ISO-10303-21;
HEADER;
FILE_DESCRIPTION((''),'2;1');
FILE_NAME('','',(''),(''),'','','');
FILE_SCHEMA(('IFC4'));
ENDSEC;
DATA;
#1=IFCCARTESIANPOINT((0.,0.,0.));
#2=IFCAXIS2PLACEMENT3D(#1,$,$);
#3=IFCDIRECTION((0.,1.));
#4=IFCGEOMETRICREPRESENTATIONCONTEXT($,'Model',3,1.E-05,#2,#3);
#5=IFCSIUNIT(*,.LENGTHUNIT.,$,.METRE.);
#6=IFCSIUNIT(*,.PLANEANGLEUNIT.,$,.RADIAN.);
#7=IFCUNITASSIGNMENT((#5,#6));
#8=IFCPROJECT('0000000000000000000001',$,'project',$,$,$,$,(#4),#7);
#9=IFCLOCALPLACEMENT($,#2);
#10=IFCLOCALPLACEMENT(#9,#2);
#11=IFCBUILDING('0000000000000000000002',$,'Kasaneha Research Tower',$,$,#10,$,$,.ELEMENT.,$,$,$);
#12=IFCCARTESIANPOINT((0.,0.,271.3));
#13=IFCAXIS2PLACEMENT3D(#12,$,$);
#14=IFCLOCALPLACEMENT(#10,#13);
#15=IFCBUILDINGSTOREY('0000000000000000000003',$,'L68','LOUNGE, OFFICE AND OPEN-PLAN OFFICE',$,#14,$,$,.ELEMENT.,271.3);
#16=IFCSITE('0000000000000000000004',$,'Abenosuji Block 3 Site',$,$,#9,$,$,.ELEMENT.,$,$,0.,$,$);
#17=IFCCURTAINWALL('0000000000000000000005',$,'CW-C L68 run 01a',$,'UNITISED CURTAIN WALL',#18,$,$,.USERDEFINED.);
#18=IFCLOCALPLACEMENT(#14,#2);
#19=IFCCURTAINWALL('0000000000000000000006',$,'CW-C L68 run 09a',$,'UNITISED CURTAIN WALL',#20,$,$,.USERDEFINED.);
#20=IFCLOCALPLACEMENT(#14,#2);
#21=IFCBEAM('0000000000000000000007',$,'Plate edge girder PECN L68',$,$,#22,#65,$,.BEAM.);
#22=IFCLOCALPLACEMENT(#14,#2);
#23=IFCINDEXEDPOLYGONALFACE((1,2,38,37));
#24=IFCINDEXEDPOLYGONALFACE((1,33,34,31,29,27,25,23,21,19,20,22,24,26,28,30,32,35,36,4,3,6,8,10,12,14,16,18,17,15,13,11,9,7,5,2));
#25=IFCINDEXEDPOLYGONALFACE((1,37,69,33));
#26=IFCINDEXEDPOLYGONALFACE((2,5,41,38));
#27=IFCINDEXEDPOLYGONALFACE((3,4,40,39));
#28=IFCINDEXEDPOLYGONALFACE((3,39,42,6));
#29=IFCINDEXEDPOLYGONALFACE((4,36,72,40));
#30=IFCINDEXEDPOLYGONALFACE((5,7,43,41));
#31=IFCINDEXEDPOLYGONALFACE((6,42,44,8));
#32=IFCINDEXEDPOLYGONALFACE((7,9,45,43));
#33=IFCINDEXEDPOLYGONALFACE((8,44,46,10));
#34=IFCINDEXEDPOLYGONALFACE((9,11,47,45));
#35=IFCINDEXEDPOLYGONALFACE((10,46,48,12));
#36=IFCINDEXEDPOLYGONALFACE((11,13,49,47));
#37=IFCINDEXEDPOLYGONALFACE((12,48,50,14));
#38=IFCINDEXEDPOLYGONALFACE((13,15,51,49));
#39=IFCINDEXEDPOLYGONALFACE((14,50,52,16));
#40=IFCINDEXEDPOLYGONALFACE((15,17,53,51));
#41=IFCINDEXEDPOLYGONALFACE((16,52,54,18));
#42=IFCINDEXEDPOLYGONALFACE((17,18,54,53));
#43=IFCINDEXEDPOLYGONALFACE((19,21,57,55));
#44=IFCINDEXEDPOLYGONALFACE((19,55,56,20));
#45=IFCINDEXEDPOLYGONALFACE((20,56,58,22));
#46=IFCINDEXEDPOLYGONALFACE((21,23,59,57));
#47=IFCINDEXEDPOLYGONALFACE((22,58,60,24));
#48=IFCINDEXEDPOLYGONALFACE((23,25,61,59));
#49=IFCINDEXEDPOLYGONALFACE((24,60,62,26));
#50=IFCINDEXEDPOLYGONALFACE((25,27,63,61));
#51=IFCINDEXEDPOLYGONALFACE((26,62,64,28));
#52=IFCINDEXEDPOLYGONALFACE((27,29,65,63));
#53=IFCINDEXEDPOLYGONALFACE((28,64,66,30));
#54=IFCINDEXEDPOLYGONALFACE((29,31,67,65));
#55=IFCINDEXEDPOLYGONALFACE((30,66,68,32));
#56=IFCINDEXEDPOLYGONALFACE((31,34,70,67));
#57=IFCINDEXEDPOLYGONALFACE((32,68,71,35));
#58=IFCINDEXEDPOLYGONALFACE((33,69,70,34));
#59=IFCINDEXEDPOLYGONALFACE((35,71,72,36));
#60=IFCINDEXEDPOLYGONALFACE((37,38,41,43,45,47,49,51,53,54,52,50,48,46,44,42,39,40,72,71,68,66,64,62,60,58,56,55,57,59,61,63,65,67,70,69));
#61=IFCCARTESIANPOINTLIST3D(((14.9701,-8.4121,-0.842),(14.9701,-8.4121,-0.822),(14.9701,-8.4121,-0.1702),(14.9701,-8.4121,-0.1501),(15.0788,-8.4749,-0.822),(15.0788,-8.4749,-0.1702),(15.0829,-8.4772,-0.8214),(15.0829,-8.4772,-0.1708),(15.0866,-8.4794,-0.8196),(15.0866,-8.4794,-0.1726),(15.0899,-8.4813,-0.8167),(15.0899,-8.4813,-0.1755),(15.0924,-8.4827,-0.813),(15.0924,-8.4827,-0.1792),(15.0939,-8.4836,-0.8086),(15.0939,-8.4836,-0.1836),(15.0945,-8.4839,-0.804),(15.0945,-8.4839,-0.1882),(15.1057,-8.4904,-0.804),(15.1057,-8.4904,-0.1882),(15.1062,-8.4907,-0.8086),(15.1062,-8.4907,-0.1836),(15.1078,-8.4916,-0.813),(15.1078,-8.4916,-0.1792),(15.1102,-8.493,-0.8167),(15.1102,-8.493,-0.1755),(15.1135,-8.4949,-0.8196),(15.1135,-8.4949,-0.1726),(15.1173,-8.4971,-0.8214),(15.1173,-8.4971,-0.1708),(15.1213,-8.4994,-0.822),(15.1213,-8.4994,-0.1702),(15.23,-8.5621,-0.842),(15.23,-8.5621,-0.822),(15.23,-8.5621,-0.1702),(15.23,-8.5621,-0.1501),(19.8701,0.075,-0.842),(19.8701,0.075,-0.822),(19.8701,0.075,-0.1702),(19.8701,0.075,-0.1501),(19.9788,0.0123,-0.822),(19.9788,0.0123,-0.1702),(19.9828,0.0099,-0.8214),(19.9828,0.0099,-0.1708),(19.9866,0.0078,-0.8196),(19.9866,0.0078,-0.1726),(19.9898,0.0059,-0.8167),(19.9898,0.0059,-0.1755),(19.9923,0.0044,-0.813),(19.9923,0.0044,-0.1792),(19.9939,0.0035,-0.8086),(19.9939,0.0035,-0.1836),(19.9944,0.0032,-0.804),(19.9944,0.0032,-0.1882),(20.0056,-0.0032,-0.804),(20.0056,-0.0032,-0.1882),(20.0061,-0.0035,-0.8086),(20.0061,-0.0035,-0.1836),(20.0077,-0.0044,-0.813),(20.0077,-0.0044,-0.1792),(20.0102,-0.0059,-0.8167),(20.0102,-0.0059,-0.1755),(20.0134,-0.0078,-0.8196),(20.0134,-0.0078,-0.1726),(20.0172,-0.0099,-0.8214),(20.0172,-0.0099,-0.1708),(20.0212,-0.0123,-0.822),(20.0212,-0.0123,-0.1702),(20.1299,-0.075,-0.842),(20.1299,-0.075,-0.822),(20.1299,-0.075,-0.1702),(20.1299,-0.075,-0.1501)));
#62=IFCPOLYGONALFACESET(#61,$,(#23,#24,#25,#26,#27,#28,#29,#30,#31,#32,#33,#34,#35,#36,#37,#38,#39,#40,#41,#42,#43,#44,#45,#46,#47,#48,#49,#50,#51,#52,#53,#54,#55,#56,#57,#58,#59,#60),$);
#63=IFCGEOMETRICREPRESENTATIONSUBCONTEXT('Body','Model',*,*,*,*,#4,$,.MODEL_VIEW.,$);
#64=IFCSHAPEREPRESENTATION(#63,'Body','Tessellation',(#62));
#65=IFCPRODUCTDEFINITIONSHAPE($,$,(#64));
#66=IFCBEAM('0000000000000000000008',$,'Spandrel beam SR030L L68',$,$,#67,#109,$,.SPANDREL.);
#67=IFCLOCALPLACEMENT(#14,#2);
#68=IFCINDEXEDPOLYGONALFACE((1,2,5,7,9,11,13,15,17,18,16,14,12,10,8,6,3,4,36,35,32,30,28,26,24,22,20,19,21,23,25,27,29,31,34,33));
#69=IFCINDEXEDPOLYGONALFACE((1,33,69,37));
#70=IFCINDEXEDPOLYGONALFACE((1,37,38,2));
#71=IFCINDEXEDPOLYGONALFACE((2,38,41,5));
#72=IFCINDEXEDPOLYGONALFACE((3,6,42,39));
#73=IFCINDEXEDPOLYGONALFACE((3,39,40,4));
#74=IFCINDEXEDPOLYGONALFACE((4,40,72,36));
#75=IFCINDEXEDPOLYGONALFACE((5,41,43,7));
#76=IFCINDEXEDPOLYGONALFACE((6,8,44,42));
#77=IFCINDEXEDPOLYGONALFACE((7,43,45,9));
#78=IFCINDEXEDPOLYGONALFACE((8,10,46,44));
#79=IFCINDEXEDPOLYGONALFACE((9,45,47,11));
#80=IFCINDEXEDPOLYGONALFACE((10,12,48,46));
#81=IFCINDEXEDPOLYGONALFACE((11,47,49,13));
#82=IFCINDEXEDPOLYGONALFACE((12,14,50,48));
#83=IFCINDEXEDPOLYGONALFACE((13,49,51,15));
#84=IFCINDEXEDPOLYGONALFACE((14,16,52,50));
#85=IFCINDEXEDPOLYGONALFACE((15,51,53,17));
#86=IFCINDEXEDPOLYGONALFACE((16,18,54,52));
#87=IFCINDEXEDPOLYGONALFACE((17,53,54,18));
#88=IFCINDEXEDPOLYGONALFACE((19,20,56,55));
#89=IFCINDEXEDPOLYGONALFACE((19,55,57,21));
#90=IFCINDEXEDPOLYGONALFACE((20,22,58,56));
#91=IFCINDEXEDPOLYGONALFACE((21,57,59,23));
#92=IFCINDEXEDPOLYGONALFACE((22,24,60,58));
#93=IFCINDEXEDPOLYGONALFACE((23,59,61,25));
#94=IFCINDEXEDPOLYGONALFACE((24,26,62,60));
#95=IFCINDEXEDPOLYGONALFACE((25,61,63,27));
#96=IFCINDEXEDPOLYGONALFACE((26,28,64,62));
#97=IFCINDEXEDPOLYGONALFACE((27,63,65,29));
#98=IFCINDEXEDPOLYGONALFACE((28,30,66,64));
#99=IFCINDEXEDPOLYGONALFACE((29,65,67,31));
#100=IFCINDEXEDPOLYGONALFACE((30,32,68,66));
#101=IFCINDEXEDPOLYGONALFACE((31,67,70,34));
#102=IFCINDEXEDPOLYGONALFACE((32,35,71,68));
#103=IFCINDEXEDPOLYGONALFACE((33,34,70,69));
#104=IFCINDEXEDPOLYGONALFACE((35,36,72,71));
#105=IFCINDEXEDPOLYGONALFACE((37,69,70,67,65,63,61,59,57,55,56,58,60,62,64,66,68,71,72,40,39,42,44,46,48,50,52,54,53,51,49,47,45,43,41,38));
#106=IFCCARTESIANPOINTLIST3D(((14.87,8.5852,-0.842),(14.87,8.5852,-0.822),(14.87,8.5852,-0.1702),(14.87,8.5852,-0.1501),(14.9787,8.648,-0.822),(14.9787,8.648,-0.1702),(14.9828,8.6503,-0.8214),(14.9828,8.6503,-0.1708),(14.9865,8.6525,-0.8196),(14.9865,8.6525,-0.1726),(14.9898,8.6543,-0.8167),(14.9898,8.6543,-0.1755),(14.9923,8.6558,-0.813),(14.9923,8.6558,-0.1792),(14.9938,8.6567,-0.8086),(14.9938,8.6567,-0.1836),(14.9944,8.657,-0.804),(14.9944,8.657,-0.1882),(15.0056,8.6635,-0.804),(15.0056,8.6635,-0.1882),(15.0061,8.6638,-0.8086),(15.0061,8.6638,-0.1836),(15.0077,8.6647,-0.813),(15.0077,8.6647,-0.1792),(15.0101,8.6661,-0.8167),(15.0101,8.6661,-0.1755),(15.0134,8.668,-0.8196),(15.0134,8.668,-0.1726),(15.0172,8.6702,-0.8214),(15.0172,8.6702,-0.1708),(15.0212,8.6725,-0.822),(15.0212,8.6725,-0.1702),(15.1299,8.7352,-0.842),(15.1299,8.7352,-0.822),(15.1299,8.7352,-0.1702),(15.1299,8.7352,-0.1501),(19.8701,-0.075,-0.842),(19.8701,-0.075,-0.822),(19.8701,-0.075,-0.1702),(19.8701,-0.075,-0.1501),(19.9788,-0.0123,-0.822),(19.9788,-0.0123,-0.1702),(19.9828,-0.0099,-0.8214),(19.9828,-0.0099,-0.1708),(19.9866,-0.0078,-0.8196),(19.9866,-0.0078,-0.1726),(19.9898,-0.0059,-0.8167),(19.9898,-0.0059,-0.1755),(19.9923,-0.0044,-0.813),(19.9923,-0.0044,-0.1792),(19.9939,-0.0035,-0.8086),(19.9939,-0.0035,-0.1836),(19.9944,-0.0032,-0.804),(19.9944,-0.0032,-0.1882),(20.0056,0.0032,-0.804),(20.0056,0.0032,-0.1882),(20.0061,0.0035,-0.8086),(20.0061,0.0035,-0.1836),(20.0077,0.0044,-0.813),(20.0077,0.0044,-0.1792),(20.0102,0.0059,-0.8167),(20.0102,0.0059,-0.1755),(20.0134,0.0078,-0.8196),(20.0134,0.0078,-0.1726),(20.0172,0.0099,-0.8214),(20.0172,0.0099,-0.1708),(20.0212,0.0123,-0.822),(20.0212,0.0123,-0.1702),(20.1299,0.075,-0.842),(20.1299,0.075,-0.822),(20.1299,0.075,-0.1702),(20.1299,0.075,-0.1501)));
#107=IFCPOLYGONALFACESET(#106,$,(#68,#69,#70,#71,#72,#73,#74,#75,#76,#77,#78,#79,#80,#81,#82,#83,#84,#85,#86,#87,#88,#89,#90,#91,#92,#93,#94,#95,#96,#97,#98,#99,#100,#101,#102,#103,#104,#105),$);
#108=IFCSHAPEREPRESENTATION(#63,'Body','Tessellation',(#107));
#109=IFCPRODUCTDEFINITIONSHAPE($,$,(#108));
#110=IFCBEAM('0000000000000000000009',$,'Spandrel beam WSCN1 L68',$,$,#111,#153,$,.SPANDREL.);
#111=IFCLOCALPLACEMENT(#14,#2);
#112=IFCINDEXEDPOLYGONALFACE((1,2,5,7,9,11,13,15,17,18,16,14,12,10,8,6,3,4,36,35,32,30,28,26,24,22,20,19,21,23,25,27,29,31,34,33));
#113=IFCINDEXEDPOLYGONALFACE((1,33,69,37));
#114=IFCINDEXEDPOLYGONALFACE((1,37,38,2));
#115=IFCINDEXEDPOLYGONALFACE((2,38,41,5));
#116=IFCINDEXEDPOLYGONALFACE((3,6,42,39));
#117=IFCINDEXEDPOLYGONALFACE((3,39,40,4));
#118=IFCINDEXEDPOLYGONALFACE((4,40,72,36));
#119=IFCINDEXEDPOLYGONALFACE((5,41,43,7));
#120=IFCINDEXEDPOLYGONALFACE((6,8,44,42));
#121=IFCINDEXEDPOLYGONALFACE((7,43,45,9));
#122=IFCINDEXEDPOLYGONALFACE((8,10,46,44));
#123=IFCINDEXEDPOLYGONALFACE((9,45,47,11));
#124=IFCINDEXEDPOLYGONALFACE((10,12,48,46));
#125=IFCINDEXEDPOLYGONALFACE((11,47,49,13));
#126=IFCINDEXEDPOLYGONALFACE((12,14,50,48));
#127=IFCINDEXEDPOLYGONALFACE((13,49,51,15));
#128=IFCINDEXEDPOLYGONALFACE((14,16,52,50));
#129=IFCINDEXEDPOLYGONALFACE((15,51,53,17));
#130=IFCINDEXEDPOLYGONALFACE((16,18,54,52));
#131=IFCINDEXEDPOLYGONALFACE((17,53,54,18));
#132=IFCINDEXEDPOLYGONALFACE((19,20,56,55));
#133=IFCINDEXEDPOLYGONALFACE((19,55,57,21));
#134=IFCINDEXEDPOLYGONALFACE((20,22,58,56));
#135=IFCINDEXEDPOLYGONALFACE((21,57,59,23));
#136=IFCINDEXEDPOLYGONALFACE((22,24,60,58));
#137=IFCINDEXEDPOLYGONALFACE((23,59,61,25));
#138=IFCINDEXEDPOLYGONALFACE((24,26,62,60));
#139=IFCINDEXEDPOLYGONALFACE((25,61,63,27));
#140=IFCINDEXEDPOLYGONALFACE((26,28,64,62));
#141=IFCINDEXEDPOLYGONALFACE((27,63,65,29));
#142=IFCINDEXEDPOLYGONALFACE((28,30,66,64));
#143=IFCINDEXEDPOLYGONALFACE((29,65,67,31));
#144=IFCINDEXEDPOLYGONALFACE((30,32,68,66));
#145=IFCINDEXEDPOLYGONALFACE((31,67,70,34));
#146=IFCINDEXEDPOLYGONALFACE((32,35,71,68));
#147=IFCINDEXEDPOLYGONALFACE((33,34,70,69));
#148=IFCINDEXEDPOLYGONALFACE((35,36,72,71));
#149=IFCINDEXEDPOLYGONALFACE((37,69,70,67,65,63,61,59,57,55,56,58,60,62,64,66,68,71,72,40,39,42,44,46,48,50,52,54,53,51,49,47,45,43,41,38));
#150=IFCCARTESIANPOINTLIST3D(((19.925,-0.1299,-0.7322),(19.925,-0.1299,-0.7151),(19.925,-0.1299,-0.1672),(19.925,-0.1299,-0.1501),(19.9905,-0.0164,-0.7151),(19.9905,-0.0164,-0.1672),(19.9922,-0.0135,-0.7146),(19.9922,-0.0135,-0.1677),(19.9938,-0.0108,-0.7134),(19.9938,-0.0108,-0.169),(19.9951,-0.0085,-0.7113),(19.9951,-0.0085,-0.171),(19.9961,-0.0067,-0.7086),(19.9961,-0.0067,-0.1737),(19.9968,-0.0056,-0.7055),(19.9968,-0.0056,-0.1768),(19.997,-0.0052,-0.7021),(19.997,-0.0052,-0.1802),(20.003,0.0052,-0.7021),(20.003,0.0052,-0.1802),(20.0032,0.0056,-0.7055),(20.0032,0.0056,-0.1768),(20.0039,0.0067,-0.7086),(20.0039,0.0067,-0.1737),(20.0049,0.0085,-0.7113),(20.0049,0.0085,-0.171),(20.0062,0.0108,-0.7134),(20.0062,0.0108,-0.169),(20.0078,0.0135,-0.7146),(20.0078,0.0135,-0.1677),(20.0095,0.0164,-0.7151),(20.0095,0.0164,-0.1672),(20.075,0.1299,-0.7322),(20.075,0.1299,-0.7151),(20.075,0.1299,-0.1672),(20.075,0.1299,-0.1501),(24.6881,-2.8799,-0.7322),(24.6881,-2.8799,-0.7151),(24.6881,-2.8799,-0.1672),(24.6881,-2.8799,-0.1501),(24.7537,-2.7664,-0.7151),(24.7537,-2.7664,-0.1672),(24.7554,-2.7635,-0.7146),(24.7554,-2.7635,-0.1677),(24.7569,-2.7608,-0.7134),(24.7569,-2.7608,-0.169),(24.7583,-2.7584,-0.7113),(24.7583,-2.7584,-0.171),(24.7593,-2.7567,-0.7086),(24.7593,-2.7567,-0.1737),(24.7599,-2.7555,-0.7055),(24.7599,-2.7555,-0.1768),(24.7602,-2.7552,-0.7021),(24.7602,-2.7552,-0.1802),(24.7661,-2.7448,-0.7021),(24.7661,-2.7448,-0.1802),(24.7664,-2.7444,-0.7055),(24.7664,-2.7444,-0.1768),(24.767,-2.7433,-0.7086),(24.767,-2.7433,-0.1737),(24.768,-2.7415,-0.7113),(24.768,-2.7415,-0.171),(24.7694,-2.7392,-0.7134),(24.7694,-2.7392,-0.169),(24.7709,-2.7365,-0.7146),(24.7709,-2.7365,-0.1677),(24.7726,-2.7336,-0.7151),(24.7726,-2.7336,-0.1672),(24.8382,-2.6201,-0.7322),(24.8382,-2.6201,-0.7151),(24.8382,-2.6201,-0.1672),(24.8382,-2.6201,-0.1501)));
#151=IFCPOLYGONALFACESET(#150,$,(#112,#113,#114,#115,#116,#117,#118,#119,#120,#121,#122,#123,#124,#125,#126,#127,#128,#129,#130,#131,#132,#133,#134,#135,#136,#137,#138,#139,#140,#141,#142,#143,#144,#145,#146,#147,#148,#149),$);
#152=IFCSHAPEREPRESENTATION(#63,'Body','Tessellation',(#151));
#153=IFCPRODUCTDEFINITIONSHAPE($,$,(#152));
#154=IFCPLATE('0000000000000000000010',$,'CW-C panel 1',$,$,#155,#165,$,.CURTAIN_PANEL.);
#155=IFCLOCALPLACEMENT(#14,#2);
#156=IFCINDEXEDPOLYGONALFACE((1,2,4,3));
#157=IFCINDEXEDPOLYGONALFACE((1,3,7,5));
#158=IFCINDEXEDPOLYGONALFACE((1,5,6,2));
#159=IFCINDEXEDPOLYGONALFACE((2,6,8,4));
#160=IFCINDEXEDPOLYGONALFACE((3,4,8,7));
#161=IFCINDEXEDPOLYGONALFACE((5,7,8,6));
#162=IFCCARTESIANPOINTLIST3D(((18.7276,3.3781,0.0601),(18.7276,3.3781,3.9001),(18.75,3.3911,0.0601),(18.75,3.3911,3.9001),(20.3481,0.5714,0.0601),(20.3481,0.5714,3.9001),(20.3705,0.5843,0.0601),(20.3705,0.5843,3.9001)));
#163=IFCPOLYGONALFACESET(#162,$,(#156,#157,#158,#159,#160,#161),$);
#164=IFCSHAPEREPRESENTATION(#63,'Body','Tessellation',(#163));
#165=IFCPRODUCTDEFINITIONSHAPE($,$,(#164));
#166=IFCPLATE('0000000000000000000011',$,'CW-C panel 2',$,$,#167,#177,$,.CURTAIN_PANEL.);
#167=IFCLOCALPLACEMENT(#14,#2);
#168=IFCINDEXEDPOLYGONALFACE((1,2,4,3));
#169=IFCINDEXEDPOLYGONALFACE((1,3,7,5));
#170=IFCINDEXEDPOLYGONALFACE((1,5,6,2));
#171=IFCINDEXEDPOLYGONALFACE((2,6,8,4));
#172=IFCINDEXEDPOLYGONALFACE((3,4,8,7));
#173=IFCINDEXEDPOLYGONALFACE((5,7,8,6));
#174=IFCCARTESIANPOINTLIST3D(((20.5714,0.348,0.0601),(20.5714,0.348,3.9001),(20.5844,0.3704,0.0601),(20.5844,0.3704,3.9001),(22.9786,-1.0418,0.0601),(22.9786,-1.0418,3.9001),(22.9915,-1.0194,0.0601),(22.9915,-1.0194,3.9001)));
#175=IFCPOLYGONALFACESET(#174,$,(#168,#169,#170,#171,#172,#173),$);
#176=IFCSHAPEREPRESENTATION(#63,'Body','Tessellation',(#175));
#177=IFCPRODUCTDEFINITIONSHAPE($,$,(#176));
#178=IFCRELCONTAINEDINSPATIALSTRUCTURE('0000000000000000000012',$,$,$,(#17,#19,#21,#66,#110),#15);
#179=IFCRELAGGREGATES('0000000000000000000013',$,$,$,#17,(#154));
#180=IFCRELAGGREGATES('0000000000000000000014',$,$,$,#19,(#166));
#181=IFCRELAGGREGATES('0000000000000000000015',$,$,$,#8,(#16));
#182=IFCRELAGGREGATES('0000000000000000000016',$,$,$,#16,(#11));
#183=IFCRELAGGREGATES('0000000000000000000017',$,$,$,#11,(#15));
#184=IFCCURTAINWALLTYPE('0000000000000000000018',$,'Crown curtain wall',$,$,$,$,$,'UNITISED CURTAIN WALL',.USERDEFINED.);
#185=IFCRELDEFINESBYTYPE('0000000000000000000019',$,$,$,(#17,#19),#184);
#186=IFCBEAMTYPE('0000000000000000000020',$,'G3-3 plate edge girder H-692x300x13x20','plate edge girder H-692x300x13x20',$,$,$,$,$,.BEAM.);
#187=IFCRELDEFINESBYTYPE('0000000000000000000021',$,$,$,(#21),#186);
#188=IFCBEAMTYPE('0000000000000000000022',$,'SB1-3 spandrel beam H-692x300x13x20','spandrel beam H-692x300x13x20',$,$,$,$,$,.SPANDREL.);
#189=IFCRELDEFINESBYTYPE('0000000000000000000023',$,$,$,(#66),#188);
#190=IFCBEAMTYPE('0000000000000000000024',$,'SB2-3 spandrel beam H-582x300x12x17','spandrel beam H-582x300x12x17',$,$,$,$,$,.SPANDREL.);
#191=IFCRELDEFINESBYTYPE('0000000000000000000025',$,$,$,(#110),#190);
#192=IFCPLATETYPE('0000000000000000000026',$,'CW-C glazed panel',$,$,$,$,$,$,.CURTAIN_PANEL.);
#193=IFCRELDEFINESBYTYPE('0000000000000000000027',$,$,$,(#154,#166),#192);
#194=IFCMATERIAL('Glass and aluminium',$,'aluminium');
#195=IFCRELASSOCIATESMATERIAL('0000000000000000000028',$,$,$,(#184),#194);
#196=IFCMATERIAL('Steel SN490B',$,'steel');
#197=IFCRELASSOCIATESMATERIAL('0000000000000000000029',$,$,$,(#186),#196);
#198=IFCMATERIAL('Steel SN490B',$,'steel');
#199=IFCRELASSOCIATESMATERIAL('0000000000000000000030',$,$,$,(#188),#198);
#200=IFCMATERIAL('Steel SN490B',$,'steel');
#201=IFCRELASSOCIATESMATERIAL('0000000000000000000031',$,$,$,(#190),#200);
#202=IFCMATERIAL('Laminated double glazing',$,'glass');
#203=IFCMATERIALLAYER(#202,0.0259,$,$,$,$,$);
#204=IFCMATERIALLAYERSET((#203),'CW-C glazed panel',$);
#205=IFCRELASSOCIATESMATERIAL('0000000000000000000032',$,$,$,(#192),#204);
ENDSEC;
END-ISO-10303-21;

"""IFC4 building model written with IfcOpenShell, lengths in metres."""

from ifc_helpers import new_model, si_unit, direction, frame, origin, origin_2d, place, context, subcontext, project, spatial, rectangle, i_section, extrude, material, layer, layer_set, material_profile, profile_set, type_object, element, aggregate, save


model = new_model("IFC4")

# Units and contexts
model_context = context("Model", 3, precision=1e-05, world=origin(), true_north=direction((0.0, 1.0)))
body_context = subcontext(model_context, "Body", "Model", "MODEL_VIEW")
ifc_project = project(units=[si_unit("LENGTHUNIT", "METRE"), si_unit("PLANEANGLEUNIT", "RADIAN")], contexts=[model_context])

# Site, building, storey
site_placement = place(None, origin())
site = spatial("IfcSite", under=ifc_project, at=site_placement, Name="Abenosuji Block 3 Site", CompositionType="ELEMENT", RefElevation=0.0)
building_placement = place(site_placement, origin())
building = spatial("IfcBuilding", under=site, at=building_placement, Name="Kasaneha Research Tower", CompositionType="ELEMENT")
storey_placement = place(building_placement, frame((0.0, 0.0, 271.3)))
storey = spatial("IfcBuildingStorey", under=building, at=storey_placement, Name="L68", Description="LOUNGE, OFFICE AND OPEN-PLAN OFFICE", CompositionType="ELEMENT", Elevation=271.3)

# Curtain wall
ifc_material_1 = material(Name="Glass and aluminium", Category="aluminium")
curtain_wall_type = type_object("IfcCurtainWallType", Name="Crown curtain wall", ElementType="UNITISED CURTAIN WALL", PredefinedType="USERDEFINED", material=ifc_material_1)
curtain_wall_1_placement = place(storey_placement, origin())
curtain_wall_1 = element("IfcCurtainWall", 1, at=curtain_wall_1_placement, inside=storey, type_object=curtain_wall_type, Name="CW-C L68 run 01a", ObjectType="UNITISED CURTAIN WALL", PredefinedType="USERDEFINED")

# Curtain wall
curtain_wall_2_placement = place(storey_placement, origin())
curtain_wall_2 = element("IfcCurtainWall", 2, at=curtain_wall_2_placement, inside=storey, type_object=curtain_wall_type, Name="CW-C L68 run 09a", ObjectType="UNITISED CURTAIN WALL", PredefinedType="USERDEFINED")

# Beams
ifc_material_2 = material(Name="Steel SN490B", Category="steel")
ifc_material_profile_1 = material_profile(ifc_material_2, i_section(OverallWidth=0.3, OverallDepth=0.6919, WebThickness=0.0129, FlangeThickness=0.02, FilletRadius=0.0181, at=origin_2d()), Name="H-692x300x13x20")
ifc_profile_set_1 = profile_set([ifc_material_profile_1], Name="Steel SN490B")
beam_type_1 = type_object("IfcBeamType", Name="G3-3 plate edge girder H-692x300x13x20", Description="plate edge girder H-692x300x13x20", PredefinedType="BEAM", material=ifc_profile_set_1)
beam_1_placement = place(storey_placement, frame((20.0, 0.0, -0.4961), z_axis=(-0.499992, -0.86603, 0.0), x_axis=(0.86603, -0.499992, 0.0)))
element("IfcBeam", 3, at=beam_1_placement, inside=storey, type_object=beam_type_1, Name="Plate edge girder PECN L68", PredefinedType="BEAM", context=body_context, shape_type="SweptSolid", body=[
    extrude(i_section(OverallWidth=0.3, OverallDepth=0.6919, WebThickness=0.0129, FlangeThickness=0.02, FilletRadius=0.0181, at=origin_2d()), origin(), (0.0, 0.0, 1.0), 9.8),
])
ifc_material_3 = material(Name="Steel SN490B", Category="steel")
ifc_material_profile_2 = material_profile(ifc_material_3, i_section(OverallWidth=0.3, OverallDepth=0.6919, WebThickness=0.0129, FlangeThickness=0.02, FilletRadius=0.0181, at=origin_2d()), Name="H-692x300x13x20")
ifc_profile_set_2 = profile_set([ifc_material_profile_2], Name="Steel SN490B")
beam_type_2 = type_object("IfcBeamType", Name="SB1-3 spandrel beam H-692x300x13x20", Description="spandrel beam H-692x300x13x20", PredefinedType="SPANDREL", material=ifc_profile_set_2)
beam_2_placement = place(storey_placement, frame((20.0, 0.0, -0.4961), z_axis=(-0.500004, 0.866023, 0.0), x_axis=(-0.866023, -0.500004, 0.0)))
element("IfcBeam", 4, at=beam_2_placement, inside=storey, type_object=beam_type_2, Name="Spandrel beam SR030L L68", PredefinedType="SPANDREL", context=body_context, shape_type="SweptSolid", body=[
    extrude(i_section(OverallWidth=0.3, OverallDepth=0.6919, WebThickness=0.0129, FlangeThickness=0.02, FilletRadius=0.0181, at=origin_2d()), origin(), (0.0, 0.0, 1.0), 10.0),
])
ifc_material_4 = material(Name="Steel SN490B", Category="steel")
ifc_material_profile_3 = material_profile(ifc_material_4, i_section(OverallWidth=0.3, OverallDepth=0.582, WebThickness=0.012, FlangeThickness=0.0171, FilletRadius=0.0129, at=origin_2d()), Name="H-582x300x12x17")
ifc_profile_set_3 = profile_set([ifc_material_profile_3], Name="Steel SN490B")
beam_type_3 = type_object("IfcBeamType", Name="SB2-3 spandrel beam H-582x300x12x17", Description="spandrel beam H-582x300x12x17", PredefinedType="SPANDREL", material=ifc_profile_set_3)
beam_3_placement = place(storey_placement, frame((20.0, 0.0, -0.4412), z_axis=(0.866027, -0.499997, 0.0), x_axis=(0.499997, 0.866027, 0.0)))
element("IfcBeam", 5, at=beam_3_placement, inside=storey, type_object=beam_type_3, Name="Spandrel beam WSCN1 L68", PredefinedType="SPANDREL", context=body_context, shape_type="SweptSolid", body=[
    extrude(i_section(OverallWidth=0.3, OverallDepth=0.582, WebThickness=0.012, FlangeThickness=0.0171, FilletRadius=0.0129, at=origin_2d()), origin(), (0.0, 0.0, 1.0), 5.5),
])

# Plates
ifc_material_5 = material(Name="Laminated double glazing", Category="glass")
ifc_layer_1 = layer(ifc_material_5, 0.0259)
ifc_layer_set_1 = layer_set([ifc_layer_1], Name="CW-C glazed panel")
plate_type = type_object("IfcPlateType", Name="CW-C glazed panel", PredefinedType="CURTAIN_PANEL", material=ifc_layer_set_1)
plate_1_placement = place(storey_placement, frame((19.5491, 1.9812, 0.0601), z_axis=(0.0, 0.0, 1.0), x_axis=(-0.5, 0.866025, 0.0)))
plate_1 = element("IfcPlate", 6, at=plate_1_placement, type_object=plate_type, Name="CW-C panel 1", PredefinedType="CURTAIN_PANEL", context=body_context, shape_type="SweptSolid", body=[
    extrude(rectangle(XDim=3.241, YDim=0.0259, at=origin_2d()), origin(), (0.0, 0.0, 1.0), 3.8401),
])
aggregate(curtain_wall_1, [plate_1])
plate_2_placement = place(storey_placement, frame((21.7815, -0.3357, 0.0601), z_axis=(0.0, 0.0, 1.0), x_axis=(-0.866025, 0.5, 0.0)))
plate_2 = element("IfcPlate", 7, at=plate_2_placement, type_object=plate_type, Name="CW-C panel 2", PredefinedType="CURTAIN_PANEL", context=body_context, shape_type="SweptSolid", body=[
    extrude(rectangle(XDim=2.7795, YDim=0.0259, at=origin_2d()), origin(), (0.0, 0.0, 1.0), 3.8401),
])
aggregate(curtain_wall_2, [plate_2])

save(model, "model.ifc")
